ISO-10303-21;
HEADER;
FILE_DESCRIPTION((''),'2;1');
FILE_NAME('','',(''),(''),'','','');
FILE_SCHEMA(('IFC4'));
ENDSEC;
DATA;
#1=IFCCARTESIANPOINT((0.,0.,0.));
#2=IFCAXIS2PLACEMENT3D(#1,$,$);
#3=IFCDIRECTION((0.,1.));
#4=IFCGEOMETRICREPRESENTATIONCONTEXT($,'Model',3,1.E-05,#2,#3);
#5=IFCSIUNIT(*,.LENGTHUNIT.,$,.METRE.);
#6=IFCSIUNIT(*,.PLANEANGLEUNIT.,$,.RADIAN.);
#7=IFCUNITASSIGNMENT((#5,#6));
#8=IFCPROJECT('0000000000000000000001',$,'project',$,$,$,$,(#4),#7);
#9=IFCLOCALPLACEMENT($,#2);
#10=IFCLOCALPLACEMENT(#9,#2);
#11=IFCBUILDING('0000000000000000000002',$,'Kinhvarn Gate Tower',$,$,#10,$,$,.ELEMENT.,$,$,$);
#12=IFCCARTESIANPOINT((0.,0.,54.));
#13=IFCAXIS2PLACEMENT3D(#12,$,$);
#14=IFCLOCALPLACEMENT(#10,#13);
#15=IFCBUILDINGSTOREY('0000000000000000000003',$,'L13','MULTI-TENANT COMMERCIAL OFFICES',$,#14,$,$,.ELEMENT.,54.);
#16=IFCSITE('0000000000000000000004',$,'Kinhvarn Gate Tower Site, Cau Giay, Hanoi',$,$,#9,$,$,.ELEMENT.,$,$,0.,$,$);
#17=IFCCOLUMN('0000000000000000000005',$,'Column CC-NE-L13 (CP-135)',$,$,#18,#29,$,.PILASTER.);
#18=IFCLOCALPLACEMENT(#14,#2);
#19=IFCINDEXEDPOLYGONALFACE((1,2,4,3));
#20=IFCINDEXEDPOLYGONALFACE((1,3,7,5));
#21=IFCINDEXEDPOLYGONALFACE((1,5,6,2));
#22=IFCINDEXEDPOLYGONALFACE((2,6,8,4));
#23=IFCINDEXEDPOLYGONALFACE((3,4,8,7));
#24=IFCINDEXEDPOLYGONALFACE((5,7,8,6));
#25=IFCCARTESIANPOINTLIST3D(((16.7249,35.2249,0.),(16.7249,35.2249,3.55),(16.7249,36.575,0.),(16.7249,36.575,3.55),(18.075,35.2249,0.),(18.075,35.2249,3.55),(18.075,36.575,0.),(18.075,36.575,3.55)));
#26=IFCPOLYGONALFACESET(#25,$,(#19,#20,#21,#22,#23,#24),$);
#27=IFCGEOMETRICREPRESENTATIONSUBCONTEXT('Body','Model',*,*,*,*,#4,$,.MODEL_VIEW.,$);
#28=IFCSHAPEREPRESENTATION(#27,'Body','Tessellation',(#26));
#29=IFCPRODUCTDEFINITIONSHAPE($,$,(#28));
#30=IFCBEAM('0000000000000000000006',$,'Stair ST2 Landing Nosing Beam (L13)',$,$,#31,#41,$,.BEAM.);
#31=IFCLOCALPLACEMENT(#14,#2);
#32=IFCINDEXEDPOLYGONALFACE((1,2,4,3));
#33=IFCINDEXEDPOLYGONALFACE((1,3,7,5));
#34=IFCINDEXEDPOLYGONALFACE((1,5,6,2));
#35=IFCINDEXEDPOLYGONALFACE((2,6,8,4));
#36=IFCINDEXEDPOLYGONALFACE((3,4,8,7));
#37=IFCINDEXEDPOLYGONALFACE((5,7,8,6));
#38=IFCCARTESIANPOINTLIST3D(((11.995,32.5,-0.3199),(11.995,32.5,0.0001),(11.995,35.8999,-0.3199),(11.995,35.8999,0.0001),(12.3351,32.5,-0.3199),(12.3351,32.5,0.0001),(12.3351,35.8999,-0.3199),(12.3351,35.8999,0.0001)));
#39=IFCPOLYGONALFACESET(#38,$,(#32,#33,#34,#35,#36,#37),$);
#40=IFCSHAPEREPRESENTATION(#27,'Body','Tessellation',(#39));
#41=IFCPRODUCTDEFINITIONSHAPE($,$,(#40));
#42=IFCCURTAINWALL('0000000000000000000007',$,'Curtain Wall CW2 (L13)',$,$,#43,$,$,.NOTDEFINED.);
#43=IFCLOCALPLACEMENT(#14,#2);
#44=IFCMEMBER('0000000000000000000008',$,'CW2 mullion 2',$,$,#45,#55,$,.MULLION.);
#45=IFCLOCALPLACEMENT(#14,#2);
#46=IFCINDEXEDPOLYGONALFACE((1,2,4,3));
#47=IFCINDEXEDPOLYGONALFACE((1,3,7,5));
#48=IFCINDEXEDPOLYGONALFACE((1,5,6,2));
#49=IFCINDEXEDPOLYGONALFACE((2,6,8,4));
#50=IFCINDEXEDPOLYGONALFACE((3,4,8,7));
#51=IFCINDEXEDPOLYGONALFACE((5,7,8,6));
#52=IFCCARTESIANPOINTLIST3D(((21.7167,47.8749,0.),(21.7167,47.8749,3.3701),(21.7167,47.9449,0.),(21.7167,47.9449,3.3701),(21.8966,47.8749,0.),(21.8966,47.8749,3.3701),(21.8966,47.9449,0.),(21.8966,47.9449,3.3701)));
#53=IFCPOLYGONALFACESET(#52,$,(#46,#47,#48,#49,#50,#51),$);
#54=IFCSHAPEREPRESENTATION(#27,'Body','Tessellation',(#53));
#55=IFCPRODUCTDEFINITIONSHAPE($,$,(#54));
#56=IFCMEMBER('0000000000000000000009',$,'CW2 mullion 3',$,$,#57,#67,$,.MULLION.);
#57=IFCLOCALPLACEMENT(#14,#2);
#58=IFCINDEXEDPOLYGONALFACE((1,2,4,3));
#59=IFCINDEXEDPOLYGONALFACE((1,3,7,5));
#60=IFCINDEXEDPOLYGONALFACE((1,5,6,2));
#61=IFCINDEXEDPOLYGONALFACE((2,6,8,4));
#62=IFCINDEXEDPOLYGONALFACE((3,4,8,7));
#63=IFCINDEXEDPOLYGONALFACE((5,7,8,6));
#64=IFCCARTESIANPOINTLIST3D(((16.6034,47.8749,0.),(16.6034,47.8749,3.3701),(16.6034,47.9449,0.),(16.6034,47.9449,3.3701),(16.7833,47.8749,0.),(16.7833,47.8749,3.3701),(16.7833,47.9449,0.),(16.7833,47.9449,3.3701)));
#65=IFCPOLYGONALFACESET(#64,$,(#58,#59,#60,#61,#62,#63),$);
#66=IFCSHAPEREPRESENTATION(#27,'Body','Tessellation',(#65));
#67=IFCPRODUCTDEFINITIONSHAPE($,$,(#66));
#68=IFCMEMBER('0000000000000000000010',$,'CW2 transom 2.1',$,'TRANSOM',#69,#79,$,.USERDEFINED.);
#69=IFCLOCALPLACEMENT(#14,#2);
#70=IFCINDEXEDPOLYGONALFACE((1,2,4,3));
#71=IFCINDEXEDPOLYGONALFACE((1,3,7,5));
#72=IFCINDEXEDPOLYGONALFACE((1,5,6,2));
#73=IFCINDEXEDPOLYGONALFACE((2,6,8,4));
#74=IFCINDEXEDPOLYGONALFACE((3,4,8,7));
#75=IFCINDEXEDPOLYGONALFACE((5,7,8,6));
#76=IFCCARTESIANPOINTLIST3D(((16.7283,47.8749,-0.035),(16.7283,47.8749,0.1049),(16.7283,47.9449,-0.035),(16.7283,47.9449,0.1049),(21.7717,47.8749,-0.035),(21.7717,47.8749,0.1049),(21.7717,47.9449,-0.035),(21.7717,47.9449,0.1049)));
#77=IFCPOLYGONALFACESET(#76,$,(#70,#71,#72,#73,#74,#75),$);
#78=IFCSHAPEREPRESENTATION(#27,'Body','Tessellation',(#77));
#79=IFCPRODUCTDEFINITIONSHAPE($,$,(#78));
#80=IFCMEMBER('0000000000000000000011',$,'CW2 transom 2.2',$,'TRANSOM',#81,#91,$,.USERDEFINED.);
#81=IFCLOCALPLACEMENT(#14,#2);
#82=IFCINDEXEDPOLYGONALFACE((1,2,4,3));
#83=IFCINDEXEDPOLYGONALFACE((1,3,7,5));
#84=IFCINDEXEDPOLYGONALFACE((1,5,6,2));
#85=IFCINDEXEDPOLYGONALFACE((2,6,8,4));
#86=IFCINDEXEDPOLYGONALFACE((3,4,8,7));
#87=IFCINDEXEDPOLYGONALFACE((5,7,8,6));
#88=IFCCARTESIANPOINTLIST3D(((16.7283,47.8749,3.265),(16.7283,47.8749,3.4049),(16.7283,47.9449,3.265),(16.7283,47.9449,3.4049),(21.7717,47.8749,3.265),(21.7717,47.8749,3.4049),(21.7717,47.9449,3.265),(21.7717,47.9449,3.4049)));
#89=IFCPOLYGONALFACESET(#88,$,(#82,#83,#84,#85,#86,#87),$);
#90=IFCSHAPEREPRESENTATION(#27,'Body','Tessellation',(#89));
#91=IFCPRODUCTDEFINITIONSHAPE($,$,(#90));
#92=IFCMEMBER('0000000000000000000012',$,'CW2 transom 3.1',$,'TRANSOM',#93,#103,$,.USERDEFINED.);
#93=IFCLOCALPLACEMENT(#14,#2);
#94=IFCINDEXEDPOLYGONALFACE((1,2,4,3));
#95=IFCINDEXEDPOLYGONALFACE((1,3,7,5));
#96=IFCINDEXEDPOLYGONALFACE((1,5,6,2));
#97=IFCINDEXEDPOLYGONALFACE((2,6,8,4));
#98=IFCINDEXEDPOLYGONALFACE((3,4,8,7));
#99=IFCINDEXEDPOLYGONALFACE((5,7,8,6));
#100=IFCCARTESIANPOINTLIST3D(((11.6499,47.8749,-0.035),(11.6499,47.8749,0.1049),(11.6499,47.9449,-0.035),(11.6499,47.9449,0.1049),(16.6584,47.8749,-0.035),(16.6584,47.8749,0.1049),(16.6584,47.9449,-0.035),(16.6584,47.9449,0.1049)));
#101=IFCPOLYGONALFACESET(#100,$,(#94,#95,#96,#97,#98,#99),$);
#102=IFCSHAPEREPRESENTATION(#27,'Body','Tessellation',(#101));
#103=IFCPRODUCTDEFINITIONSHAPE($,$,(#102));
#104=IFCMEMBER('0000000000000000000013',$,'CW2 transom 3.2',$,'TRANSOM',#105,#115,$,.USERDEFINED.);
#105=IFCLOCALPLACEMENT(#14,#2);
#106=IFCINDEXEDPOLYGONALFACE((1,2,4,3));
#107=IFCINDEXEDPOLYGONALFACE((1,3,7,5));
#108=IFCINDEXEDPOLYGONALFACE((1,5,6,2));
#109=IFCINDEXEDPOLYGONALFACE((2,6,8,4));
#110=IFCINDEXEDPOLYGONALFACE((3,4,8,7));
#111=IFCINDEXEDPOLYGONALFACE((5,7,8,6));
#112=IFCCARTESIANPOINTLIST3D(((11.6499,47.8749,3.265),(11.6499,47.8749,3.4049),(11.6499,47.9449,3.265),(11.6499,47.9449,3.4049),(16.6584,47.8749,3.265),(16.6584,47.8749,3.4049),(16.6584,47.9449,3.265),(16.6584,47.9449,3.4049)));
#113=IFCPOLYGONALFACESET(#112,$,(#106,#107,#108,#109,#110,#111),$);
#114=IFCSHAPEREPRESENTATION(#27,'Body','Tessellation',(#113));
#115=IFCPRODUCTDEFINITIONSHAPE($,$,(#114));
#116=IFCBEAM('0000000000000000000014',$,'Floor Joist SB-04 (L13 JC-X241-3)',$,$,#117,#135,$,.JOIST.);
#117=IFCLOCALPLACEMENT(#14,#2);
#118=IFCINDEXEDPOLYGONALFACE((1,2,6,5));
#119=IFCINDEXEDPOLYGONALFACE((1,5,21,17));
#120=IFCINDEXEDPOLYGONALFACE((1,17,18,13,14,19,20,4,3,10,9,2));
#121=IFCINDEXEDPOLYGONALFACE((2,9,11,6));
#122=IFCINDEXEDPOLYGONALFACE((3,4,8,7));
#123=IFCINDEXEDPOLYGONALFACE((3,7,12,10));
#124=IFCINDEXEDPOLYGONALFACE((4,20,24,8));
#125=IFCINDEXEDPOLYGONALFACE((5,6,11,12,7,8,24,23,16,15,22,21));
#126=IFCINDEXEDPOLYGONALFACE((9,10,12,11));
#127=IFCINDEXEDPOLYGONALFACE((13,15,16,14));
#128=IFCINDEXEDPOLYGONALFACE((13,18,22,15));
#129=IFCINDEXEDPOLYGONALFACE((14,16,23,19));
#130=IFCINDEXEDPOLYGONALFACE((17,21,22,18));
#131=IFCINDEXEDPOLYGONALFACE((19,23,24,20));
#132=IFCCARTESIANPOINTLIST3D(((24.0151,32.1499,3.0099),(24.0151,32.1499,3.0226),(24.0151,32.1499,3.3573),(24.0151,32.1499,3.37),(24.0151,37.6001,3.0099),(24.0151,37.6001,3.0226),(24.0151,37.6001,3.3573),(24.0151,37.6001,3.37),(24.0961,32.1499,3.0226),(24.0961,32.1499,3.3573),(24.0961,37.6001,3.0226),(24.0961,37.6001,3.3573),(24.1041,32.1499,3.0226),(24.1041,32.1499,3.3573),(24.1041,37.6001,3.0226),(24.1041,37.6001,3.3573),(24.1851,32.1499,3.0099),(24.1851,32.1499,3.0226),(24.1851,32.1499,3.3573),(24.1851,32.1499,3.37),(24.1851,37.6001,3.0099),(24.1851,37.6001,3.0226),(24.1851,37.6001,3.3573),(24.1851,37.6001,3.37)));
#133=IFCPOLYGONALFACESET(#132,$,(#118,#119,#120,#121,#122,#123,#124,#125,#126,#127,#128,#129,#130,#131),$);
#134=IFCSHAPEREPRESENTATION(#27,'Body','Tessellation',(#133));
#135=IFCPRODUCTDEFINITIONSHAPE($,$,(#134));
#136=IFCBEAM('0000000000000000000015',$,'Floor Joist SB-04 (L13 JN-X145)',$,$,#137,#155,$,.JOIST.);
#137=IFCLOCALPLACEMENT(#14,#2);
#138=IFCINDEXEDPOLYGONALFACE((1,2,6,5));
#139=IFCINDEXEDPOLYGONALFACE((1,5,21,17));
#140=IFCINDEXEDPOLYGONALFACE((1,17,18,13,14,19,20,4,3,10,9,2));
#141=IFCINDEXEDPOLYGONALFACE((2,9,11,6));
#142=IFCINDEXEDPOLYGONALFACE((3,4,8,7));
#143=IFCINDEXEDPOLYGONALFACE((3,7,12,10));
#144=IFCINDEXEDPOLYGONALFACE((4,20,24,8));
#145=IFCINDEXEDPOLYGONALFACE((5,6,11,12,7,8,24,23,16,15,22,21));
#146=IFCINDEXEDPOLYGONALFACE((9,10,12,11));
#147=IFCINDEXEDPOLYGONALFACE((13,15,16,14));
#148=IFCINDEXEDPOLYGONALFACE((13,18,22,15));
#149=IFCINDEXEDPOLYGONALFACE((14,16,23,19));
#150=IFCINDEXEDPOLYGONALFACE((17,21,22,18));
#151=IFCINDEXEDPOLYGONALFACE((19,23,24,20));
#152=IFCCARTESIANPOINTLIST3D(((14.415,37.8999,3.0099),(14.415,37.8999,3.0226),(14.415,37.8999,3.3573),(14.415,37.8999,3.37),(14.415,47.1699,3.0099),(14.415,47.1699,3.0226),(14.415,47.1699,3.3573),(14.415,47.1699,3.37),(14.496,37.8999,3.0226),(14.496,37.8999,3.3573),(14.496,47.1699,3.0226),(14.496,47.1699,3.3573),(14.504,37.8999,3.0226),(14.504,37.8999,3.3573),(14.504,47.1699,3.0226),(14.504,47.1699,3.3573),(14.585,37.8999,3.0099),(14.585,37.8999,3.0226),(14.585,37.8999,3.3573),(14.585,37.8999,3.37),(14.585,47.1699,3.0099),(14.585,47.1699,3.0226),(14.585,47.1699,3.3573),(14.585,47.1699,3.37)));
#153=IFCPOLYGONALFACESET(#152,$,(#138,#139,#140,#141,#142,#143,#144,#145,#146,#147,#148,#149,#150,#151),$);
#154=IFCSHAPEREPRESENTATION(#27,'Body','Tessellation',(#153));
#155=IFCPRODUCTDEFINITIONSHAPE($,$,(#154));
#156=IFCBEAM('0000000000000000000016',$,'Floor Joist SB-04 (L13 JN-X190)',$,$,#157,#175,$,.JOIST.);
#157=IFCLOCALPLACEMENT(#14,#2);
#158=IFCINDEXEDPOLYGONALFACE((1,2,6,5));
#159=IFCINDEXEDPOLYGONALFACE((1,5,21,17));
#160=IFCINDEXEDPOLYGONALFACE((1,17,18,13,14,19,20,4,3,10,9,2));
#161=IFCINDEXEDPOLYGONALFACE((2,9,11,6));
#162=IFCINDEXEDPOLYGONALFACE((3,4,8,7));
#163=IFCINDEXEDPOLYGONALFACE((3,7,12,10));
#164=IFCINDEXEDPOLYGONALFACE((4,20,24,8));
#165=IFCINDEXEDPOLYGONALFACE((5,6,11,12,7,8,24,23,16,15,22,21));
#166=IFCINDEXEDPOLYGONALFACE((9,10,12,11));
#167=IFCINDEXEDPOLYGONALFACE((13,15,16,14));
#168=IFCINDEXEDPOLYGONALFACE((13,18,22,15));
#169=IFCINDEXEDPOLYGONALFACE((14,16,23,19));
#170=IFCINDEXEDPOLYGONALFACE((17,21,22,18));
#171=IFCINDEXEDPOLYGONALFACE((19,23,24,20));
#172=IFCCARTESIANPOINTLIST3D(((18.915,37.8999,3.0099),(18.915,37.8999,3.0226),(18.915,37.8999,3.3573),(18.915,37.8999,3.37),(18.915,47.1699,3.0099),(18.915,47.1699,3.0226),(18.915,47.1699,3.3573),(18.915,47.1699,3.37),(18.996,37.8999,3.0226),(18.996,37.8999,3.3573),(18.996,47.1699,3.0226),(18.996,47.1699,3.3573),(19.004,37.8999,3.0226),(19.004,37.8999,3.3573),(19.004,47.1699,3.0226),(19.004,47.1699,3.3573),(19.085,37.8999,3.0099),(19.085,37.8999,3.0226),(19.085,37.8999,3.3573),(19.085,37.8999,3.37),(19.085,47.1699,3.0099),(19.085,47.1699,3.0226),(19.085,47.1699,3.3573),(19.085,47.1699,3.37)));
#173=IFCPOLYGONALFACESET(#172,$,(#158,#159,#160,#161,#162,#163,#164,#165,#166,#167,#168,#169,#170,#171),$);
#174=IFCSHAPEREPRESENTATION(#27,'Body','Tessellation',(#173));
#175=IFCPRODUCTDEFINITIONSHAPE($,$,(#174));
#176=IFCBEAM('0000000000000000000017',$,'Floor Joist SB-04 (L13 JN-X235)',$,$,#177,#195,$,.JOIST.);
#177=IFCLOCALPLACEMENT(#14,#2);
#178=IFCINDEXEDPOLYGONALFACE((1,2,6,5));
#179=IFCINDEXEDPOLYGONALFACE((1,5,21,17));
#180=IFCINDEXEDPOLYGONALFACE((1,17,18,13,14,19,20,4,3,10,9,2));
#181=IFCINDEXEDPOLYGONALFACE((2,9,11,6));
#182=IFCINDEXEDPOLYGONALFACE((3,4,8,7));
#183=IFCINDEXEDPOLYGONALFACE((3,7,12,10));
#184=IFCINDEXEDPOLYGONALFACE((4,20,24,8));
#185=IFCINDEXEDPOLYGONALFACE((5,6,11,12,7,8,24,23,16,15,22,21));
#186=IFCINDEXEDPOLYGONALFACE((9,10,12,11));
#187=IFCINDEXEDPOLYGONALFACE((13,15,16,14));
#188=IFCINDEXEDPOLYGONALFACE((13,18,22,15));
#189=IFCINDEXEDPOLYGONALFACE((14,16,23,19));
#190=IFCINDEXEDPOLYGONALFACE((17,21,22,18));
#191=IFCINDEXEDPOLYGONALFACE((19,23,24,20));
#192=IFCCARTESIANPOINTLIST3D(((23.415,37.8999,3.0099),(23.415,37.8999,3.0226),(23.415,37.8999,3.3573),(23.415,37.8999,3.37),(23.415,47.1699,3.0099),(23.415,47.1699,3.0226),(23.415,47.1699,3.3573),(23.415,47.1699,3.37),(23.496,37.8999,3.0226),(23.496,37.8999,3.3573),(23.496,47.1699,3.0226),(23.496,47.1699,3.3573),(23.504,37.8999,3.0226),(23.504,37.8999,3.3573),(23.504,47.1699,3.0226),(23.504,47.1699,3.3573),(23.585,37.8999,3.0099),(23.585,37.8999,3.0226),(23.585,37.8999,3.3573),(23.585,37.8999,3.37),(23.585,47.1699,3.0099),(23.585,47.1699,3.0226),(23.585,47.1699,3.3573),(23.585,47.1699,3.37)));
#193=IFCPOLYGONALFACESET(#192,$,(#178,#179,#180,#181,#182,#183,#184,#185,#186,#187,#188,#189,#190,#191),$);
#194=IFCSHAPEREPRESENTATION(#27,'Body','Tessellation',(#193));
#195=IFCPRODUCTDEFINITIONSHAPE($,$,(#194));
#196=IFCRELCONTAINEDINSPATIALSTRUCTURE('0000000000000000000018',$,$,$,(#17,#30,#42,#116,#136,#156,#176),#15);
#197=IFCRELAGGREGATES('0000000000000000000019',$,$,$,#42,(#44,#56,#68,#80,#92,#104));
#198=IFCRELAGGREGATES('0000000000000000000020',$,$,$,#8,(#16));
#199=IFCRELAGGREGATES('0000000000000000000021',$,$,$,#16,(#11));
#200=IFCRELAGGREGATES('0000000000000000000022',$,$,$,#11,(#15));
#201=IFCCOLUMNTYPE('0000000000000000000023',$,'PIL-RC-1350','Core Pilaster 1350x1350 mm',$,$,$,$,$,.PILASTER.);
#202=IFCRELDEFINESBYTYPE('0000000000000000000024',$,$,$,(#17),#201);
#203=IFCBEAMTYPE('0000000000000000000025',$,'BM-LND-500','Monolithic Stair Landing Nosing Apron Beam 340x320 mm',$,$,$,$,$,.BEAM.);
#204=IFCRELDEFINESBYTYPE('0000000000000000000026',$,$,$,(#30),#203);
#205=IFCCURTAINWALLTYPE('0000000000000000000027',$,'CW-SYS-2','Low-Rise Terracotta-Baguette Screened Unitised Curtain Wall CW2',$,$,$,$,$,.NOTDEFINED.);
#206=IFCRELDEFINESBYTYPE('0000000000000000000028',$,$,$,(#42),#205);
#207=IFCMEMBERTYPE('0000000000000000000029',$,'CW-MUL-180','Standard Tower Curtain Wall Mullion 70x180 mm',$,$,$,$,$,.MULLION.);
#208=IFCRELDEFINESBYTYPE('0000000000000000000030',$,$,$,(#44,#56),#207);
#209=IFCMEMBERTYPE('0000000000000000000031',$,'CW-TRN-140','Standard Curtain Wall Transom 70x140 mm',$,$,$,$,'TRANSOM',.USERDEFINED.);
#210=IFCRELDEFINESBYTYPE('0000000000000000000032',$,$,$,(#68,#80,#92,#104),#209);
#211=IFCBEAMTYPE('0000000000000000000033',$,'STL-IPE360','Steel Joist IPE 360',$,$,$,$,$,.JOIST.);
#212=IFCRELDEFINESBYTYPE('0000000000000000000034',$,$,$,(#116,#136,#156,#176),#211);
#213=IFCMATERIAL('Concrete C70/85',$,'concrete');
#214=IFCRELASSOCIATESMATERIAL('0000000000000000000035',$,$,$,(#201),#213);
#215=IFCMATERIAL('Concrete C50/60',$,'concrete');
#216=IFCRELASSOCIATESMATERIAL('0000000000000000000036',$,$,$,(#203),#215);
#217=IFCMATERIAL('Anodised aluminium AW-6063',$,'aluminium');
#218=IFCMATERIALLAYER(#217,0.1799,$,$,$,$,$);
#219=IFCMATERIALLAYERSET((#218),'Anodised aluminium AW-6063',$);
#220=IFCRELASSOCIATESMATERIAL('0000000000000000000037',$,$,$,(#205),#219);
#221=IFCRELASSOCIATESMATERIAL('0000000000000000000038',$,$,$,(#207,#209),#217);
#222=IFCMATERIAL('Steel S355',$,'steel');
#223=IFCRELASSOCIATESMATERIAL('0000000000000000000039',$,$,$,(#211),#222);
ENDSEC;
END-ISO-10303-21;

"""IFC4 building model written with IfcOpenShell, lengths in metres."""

from ifc_helpers import new_model, si_unit, direction, frame, origin, origin_2d, place, context, subcontext, project, spatial, rectangle, i_section, extrude, material, layer, layer_set, material_profile, profile_set, type_object, element, aggregate, save


model = new_model("IFC4")

# Units and contexts
model_context = context("Model", 3, precision=1e-05, world=origin(), true_north=direction((0.0, 1.0)))
body_context = subcontext(model_context, "Body", "Model", "MODEL_VIEW")
ifc_project = project(units=[si_unit("LENGTHUNIT", "METRE"), si_unit("PLANEANGLEUNIT", "RADIAN")], contexts=[model_context])

# Site, building, storey
site_placement = place(None, origin())
site = spatial("IfcSite", under=ifc_project, at=site_placement, Name="Kinhvarn Gate Tower Site, Cau Giay, Hanoi", CompositionType="ELEMENT", RefElevation=0.0)
building_placement = place(site_placement, origin())
building = spatial("IfcBuilding", under=site, at=building_placement, Name="Kinhvarn Gate Tower", CompositionType="ELEMENT")
storey_placement = place(building_placement, frame((0.0, 0.0, 54.0)))
storey = spatial("IfcBuildingStorey", under=building, at=storey_placement, Name="L13", Description="MULTI-TENANT COMMERCIAL OFFICES", CompositionType="ELEMENT", Elevation=54.0)

# Column
ifc_material_1 = material(Name="Concrete C70/85", Category="concrete")
ifc_material_profile_1 = material_profile(ifc_material_1, rectangle(XDim=1.3501, YDim=1.3501, at=origin_2d()), Name="RC 1350x1350")
ifc_profile_set_1 = profile_set([ifc_material_profile_1], Name="Concrete C70/85")
column_type = type_object("IfcColumnType", Name="PIL-RC-1350", Description="Core Pilaster 1350x1350 mm", PredefinedType="PILASTER", material=ifc_profile_set_1)
column_placement = place(storey_placement, frame((17.3999, 35.8999, 0.0), z_axis=(0.0, 0.0, 1.0), x_axis=(1.0, 0.0, 0.0)))
element("IfcColumn", 1, at=column_placement, inside=storey, type_object=column_type, Name="Column CC-NE-L13 (CP-135)", PredefinedType="PILASTER", context=body_context, shape_type="SweptSolid", body=[
    extrude(rectangle(XDim=1.3501, YDim=1.3501, at=origin_2d()), origin(), (0.0, 0.0, 1.0), 3.55),
])

# Beam
ifc_material_2 = material(Name="Concrete C50/60", Category="concrete")
ifc_material_profile_2 = material_profile(ifc_material_2, rectangle(XDim=0.3401, YDim=0.3201, at=origin_2d()), Name="RC 340x320")
ifc_profile_set_2 = profile_set([ifc_material_profile_2], Name="Concrete C50/60")
beam_type_1 = type_object("IfcBeamType", Name="BM-LND-500", Description="Monolithic Stair Landing Nosing Apron Beam 340x320 mm", PredefinedType="BEAM", material=ifc_profile_set_2)
beam_1_placement = place(storey_placement, frame((12.165, 32.5, -0.1599), z_axis=(0.0, 1.0, 0.0), x_axis=(-1.0, 0.0, 0.0)))
element("IfcBeam", 2, at=beam_1_placement, inside=storey, type_object=beam_type_1, Name="Stair ST2 Landing Nosing Beam (L13)", PredefinedType="BEAM", context=body_context, shape_type="SweptSolid", body=[
    extrude(rectangle(XDim=0.3401, YDim=0.3201, at=origin_2d()), origin(), (0.0, 0.0, 1.0), 3.3999),
])

# Curtain wall, members
ifc_material_3 = material(Name="Anodised aluminium AW-6063", Category="aluminium")
ifc_layer_1 = layer(ifc_material_3, 0.1799)
ifc_layer_set_1 = layer_set([ifc_layer_1], Name="Anodised aluminium AW-6063")
curtain_wall_type = type_object("IfcCurtainWallType", Name="CW-SYS-2", Description="Low-Rise Terracotta-Baguette Screened Unitised Curtain Wall CW2", PredefinedType="NOTDEFINED", material=ifc_layer_set_1)
curtain_wall_placement = place(storey_placement, origin())
curtain_wall = element("IfcCurtainWall", 3, at=curtain_wall_placement, inside=storey, type_object=curtain_wall_type, Name="Curtain Wall CW2 (L13)", PredefinedType="NOTDEFINED")
ifc_material_profile_3 = material_profile(ifc_material_3, rectangle(XDim=0.0701, YDim=0.1799, at=origin_2d()), Name="ALU 70x180")
ifc_profile_set_3 = profile_set([ifc_material_profile_3], Name="Anodised aluminium AW-6063")
member_type_1 = type_object("IfcMemberType", Name="CW-MUL-180", Description="Standard Tower Curtain Wall Mullion 70x180 mm", PredefinedType="MULLION", material=ifc_profile_set_3)
member_1_placement = place(storey_placement, frame((21.8066, 47.9099, 0.0), z_axis=(0.0, 0.0, 1.0), x_axis=(0.0, -1.0, 0.0)))
member_1 = element("IfcMember", 4, at=member_1_placement, type_object=member_type_1, Name="CW2 mullion 2", PredefinedType="MULLION", context=body_context, shape_type="SweptSolid", body=[
    extrude(rectangle(XDim=0.0701, YDim=0.1799, at=origin_2d()), origin(), (0.0, 0.0, 1.0), 3.3701),
])
member_2_placement = place(storey_placement, frame((16.6934, 47.9099, 0.0), z_axis=(0.0, 0.0, 1.0), x_axis=(0.0, -1.0, 0.0)))
member_2 = element("IfcMember", 5, at=member_2_placement, type_object=member_type_1, Name="CW2 mullion 3", PredefinedType="MULLION", context=body_context, shape_type="SweptSolid", body=[
    extrude(rectangle(XDim=0.0701, YDim=0.1799, at=origin_2d()), origin(), (0.0, 0.0, 1.0), 3.3701),
])
ifc_material_profile_4 = material_profile(ifc_material_3, rectangle(XDim=0.0701, YDim=0.1399, at=origin_2d()), Name="ALU 70x140")
ifc_profile_set_4 = profile_set([ifc_material_profile_4], Name="Anodised aluminium AW-6063")
member_type_2 = type_object("IfcMemberType", Name="CW-TRN-140", Description="Standard Curtain Wall Transom 70x140 mm", ElementType="TRANSOM", PredefinedType="USERDEFINED", material=ifc_profile_set_4)
member_3_placement = place(storey_placement, frame((21.7717, 47.9099, 0.0349), z_axis=(-1.0, 0.0, 0.0), x_axis=(0.0, -1.0, 0.0)))
member_3 = element("IfcMember", 6, at=member_3_placement, type_object=member_type_2, Name="CW2 transom 2.1", ObjectType="TRANSOM", PredefinedType="USERDEFINED", context=body_context, shape_type="SweptSolid", body=[
    extrude(rectangle(XDim=0.0701, YDim=0.1399, at=origin_2d()), origin(), (0.0, 0.0, 1.0), 5.0435),
])
member_4_placement = place(storey_placement, frame((21.7717, 47.9099, 3.335), z_axis=(-1.0, 0.0, 0.0), x_axis=(0.0, -1.0, 0.0)))
member_4 = element("IfcMember", 7, at=member_4_placement, type_object=member_type_2, Name="CW2 transom 2.2", ObjectType="TRANSOM", PredefinedType="USERDEFINED", context=body_context, shape_type="SweptSolid", body=[
    extrude(rectangle(XDim=0.0701, YDim=0.1399, at=origin_2d()), origin(), (0.0, 0.0, 1.0), 5.0435),
])
member_5_placement = place(storey_placement, frame((16.6584, 47.9099, 0.0349), z_axis=(-1.0, 0.0, 0.0), x_axis=(0.0, -1.0, 0.0)))
member_5 = element("IfcMember", 8, at=member_5_placement, type_object=member_type_2, Name="CW2 transom 3.1", ObjectType="TRANSOM", PredefinedType="USERDEFINED", context=body_context, shape_type="SweptSolid", body=[
    extrude(rectangle(XDim=0.0701, YDim=0.1399, at=origin_2d()), origin(), (0.0, 0.0, 1.0), 5.0085),
])
member_6_placement = place(storey_placement, frame((16.6584, 47.9099, 3.335), z_axis=(-1.0, 0.0, 0.0), x_axis=(0.0, -1.0, 0.0)))
member_6 = element("IfcMember", 9, at=member_6_placement, type_object=member_type_2, Name="CW2 transom 3.2", ObjectType="TRANSOM", PredefinedType="USERDEFINED", context=body_context, shape_type="SweptSolid", body=[
    extrude(rectangle(XDim=0.0701, YDim=0.1399, at=origin_2d()), origin(), (0.0, 0.0, 1.0), 5.0085),
])

# Beams
ifc_material_4 = material(Name="Steel S355", Category="steel")
ifc_material_profile_5 = material_profile(ifc_material_4, i_section(OverallWidth=0.1699, OverallDepth=0.3601, WebThickness=0.0081, FlangeThickness=0.0127, at=origin_2d()), Name="IPE 360")
ifc_profile_set_5 = profile_set([ifc_material_profile_5], Name="Steel S355")
beam_type_2 = type_object("IfcBeamType", Name="STL-IPE360", Description="Steel Joist IPE 360", PredefinedType="JOIST", material=ifc_profile_set_5)
beam_2_placement = place(storey_placement, frame((24.1001, 32.1499, 3.1899), z_axis=(0.0, 1.0, 0.0), x_axis=(-1.0, 0.0, 0.0)))
element("IfcBeam", 10, at=beam_2_placement, inside=storey, type_object=beam_type_2, Name="Floor Joist SB-04 (L13 JC-X241-3)", PredefinedType="JOIST", context=body_context, shape_type="SweptSolid", body=[
    extrude(i_section(OverallWidth=0.1699, OverallDepth=0.3601, WebThickness=0.0081, FlangeThickness=0.0127, at=origin_2d()), origin(), (0.0, 0.0, 1.0), 5.4502),
])
for number, where, z_axis, x_axis, name in (
    (11, (14.5, 37.8999, 3.1899), (0.0, 1.0, 0.0), (-1.0, 0.0, 0.0), "Floor Joist SB-04 (L13 JN-X145)"),
    (12, (19.0, 37.8999, 3.1899), (0.0, 1.0, 0.0), (-1.0, 0.0, 0.0), "Floor Joist SB-04 (L13 JN-X190)"),
    (13, (23.5, 37.8999, 3.1899), (0.0, 1.0, 0.0), (-1.0, 0.0, 0.0), "Floor Joist SB-04 (L13 JN-X235)"),
):
    element("IfcBeam", number, at=place(storey_placement, frame(where, z_axis=z_axis, x_axis=x_axis)), inside=storey, type_object=beam_type_2, Name=name, PredefinedType="JOIST", context=body_context, shape_type="SweptSolid", body=[
        extrude(i_section(OverallWidth=0.1699, OverallDepth=0.3601, WebThickness=0.0081, FlangeThickness=0.0127, at=origin_2d()), origin(), (0.0, 0.0, 1.0), 9.27),
    ])

aggregate(curtain_wall, [member_1, member_2, member_3, member_4, member_5, member_6])

save(model, "model.ifc")
